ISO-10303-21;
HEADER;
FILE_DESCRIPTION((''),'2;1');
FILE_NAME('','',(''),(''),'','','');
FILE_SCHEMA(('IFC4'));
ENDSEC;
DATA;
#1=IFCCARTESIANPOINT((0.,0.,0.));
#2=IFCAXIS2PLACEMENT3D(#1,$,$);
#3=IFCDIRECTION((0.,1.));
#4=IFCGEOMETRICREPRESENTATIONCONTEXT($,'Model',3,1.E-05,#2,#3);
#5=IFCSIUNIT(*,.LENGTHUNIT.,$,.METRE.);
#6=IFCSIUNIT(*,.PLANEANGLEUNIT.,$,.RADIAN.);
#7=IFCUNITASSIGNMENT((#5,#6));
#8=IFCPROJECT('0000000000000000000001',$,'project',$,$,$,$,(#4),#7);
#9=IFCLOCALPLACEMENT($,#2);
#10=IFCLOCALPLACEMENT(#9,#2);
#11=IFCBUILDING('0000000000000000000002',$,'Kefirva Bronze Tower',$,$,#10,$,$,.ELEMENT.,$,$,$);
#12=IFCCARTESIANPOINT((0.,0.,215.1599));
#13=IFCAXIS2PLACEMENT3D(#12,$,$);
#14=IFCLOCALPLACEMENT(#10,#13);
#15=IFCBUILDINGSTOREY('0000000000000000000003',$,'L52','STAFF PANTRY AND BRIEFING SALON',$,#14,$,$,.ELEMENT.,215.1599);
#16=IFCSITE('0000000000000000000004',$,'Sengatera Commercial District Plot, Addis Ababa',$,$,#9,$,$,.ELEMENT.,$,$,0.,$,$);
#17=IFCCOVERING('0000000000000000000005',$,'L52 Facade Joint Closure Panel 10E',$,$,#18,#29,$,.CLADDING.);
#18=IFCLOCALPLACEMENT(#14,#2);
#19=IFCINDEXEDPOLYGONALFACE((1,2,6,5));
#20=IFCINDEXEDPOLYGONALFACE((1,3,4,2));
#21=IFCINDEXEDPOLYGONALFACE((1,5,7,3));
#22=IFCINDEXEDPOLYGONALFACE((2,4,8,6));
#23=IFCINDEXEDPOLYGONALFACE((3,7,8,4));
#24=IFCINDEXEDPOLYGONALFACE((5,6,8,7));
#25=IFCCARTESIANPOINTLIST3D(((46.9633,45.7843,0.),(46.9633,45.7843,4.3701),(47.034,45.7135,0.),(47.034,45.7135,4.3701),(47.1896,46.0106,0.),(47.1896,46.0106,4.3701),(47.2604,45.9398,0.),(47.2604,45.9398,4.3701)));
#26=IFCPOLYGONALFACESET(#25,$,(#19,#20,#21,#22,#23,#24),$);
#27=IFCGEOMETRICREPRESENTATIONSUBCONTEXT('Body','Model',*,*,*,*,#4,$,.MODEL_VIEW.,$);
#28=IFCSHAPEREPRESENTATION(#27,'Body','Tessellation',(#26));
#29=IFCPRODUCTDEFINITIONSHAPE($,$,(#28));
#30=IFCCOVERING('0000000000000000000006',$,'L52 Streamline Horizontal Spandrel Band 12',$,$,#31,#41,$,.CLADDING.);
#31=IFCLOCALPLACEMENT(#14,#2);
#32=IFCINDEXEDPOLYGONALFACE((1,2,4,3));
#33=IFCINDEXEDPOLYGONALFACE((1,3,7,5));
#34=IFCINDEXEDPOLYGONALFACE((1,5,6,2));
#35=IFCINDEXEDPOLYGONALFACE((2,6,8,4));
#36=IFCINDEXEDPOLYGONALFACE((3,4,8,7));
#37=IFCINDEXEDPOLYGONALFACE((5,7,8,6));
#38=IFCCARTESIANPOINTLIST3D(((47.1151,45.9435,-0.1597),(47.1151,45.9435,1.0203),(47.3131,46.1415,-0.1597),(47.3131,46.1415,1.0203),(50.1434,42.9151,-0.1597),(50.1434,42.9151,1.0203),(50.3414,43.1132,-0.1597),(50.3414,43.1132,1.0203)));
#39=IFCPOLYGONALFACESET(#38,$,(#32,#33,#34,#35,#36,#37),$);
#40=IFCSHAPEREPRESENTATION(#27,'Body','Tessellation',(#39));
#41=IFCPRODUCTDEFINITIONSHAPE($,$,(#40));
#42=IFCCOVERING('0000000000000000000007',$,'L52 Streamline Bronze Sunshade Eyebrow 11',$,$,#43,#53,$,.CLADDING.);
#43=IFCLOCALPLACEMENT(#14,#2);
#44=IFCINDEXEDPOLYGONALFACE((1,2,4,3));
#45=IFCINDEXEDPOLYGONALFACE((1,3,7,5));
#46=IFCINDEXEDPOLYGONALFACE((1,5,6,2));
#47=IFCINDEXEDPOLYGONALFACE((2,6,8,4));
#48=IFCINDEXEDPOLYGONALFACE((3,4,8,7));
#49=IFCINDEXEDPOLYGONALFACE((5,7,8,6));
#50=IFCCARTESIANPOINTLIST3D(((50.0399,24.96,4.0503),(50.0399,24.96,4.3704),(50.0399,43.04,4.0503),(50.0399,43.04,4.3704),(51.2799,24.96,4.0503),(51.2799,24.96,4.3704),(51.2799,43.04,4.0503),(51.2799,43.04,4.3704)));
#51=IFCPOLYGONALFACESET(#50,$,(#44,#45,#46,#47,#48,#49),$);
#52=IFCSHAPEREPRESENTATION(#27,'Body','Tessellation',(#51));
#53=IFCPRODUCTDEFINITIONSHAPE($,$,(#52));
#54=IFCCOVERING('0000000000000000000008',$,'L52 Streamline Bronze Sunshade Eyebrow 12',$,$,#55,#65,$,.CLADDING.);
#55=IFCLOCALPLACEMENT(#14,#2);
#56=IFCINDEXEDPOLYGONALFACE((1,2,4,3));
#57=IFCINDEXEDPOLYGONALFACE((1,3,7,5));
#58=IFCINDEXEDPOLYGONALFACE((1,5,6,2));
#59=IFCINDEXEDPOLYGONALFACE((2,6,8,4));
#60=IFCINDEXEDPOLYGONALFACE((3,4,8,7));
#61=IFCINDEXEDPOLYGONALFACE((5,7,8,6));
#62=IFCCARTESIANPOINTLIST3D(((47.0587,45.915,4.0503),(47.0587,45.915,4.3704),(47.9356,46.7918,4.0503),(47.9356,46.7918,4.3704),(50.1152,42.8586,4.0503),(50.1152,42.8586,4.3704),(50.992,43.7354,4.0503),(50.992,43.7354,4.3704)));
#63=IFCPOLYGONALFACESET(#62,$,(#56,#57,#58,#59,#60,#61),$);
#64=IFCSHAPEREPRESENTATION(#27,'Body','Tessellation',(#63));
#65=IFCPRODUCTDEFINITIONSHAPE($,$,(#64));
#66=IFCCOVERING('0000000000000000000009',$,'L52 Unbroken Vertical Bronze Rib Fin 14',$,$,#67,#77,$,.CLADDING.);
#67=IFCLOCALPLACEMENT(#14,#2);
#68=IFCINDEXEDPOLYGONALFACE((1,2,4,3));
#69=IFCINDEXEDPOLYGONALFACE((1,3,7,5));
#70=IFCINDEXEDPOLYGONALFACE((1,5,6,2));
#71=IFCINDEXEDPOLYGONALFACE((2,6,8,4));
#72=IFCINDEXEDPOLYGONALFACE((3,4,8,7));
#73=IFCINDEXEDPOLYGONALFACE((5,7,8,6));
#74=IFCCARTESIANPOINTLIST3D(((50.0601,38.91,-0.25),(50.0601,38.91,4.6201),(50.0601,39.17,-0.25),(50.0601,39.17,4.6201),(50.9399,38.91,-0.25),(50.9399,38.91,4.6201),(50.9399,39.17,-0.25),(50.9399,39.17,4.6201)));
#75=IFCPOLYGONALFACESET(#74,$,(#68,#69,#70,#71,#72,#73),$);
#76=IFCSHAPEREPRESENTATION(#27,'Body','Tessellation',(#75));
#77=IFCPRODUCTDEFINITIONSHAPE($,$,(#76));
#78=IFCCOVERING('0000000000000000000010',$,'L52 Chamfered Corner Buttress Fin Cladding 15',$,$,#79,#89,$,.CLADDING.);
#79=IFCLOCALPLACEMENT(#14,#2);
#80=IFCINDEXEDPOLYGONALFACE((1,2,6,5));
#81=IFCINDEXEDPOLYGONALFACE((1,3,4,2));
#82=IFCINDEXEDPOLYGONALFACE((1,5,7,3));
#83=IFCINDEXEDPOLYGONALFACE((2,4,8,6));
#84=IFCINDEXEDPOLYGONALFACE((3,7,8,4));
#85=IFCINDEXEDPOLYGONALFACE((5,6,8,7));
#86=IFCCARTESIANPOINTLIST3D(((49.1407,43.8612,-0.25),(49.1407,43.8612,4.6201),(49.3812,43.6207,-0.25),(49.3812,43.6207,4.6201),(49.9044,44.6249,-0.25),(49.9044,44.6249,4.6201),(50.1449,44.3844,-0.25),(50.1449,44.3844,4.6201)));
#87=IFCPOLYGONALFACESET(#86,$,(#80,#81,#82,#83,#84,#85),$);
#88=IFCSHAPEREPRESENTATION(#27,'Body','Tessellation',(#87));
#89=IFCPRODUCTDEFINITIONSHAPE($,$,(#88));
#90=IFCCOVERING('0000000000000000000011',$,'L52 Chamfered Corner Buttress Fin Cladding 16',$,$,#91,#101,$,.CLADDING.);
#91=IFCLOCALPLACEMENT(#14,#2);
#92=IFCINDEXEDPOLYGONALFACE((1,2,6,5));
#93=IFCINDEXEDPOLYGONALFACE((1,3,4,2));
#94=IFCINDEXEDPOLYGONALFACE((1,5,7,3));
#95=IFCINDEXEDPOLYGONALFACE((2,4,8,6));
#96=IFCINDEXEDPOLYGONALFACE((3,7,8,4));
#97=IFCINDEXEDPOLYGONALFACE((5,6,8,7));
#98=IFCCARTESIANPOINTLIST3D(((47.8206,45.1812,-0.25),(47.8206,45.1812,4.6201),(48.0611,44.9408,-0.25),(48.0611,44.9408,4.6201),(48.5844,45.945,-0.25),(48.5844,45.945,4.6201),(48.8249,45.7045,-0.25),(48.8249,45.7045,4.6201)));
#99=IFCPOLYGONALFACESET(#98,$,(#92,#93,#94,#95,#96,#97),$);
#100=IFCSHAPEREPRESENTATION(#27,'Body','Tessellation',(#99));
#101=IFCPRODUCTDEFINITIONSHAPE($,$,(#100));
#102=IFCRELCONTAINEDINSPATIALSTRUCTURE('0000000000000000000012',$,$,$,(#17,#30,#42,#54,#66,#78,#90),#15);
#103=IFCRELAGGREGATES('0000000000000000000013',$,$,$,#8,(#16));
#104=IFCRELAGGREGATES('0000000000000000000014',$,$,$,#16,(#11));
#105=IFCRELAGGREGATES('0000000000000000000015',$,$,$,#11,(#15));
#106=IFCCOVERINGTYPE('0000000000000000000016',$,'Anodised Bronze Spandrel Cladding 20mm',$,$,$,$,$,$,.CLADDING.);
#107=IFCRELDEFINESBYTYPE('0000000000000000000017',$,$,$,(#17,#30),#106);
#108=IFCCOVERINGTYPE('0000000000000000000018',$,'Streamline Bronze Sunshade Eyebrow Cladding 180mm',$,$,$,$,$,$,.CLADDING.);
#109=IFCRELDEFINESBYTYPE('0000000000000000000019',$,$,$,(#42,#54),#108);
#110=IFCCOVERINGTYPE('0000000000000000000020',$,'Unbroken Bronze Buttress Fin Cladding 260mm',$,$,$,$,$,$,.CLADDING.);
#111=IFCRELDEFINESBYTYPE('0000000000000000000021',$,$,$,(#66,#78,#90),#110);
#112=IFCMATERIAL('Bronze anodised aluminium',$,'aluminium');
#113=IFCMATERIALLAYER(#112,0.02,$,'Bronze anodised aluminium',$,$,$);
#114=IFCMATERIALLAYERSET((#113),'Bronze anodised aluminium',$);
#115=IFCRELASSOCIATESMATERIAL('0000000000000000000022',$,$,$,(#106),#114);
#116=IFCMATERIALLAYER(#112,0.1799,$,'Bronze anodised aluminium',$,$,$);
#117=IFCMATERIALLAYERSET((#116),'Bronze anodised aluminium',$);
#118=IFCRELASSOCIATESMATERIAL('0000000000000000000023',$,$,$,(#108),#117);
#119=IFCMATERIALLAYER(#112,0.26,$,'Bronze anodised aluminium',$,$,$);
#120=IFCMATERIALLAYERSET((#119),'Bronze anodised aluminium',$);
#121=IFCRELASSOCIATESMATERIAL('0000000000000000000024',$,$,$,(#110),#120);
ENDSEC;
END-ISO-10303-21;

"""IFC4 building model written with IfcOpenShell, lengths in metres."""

from ifc_helpers import new_model, si_unit, direction, frame, origin, origin_2d, place, context, subcontext, project, spatial, rectangle, extrude, material, layer, layer_set, type_object, element, save


model = new_model("IFC4")

# Units and contexts
model_context = context("Model", 3, precision=1e-05, world=origin(), true_north=direction((0.0, 1.0)))
body_context = subcontext(model_context, "Body", "Model", "MODEL_VIEW")
ifc_project = project(units=[si_unit("LENGTHUNIT", "METRE"), si_unit("PLANEANGLEUNIT", "RADIAN")], contexts=[model_context])

# Site, building, storey
site_placement = place(None, origin())
site = spatial("IfcSite", under=ifc_project, at=site_placement, Name="Sengatera Commercial District Plot, Addis Ababa", CompositionType="ELEMENT", RefElevation=0.0)
building_placement = place(site_placement, origin())
building = spatial("IfcBuilding", under=site, at=building_placement, Name="Kefirva Bronze Tower", CompositionType="ELEMENT")
storey_placement = place(building_placement, frame((0.0, 0.0, 215.1599)))
storey = spatial("IfcBuildingStorey", under=building, at=storey_placement, Name="L52", Description="STAFF PANTRY AND BRIEFING SALON", CompositionType="ELEMENT", Elevation=215.1599)

# Shared definitions
ifc_material_1 = material(Name="Bronze anodised aluminium", Category="aluminium")

# Coverings
ifc_layer_1 = layer(ifc_material_1, 0.02, Name="Bronze anodised aluminium")
ifc_layer_set_1 = layer_set([ifc_layer_1], Name="Bronze anodised aluminium")
covering_type_1 = type_object("IfcCoveringType", Name="Anodised Bronze Spandrel Cladding 20mm", PredefinedType="CLADDING", material=ifc_layer_set_1)
for number, where, z_axis, x_axis, name in (
    (1, (47.1118, 45.8621, 0.0), (0.0, 0.0, 1.0), (-0.707107, 0.707107, 0.0), "L52 Facade Joint Closure Panel 10E"),
):
    element("IfcCovering", number, at=place(storey_placement, frame(where, z_axis=z_axis, x_axis=x_axis)), inside=storey, type_object=covering_type_1, Name=name, PredefinedType="CLADDING", context=body_context, shape_type="SweptSolid", body=[
        extrude(rectangle(XDim=0.1001, YDim=0.3201, at=origin_2d()), origin(), (0.0, 0.0, 1.0), 4.3701),
    ])
covering_1_placement = place(storey_placement, frame((48.7283, 44.5283, -0.1597), z_axis=(0.0, 0.0, 1.0), x_axis=(-0.707107, 0.707107, 0.0)))
element("IfcCovering", 2, at=covering_1_placement, inside=storey, type_object=covering_type_1, Name="L52 Streamline Horizontal Spandrel Band 12", PredefinedType="CLADDING", context=body_context, shape_type="SweptSolid", body=[
    extrude(rectangle(XDim=4.2827, YDim=0.28, at=origin_2d()), origin(), (0.0, 0.0, 1.0), 1.1799),
])
ifc_layer_2 = layer(ifc_material_1, 0.1799, Name="Bronze anodised aluminium")
ifc_layer_set_2 = layer_set([ifc_layer_2], Name="Bronze anodised aluminium")
covering_type_2 = type_object("IfcCoveringType", Name="Streamline Bronze Sunshade Eyebrow Cladding 180mm", PredefinedType="CLADDING", material=ifc_layer_set_2)
covering_2_placement = place(storey_placement, frame((50.6599, 34.0, 4.0503), z_axis=(0.0, 0.0, 1.0), x_axis=(0.0, 1.0, 0.0)))
element("IfcCovering", 3, at=covering_2_placement, inside=storey, type_object=covering_type_2, Name="L52 Streamline Bronze Sunshade Eyebrow 11", PredefinedType="CLADDING", context=body_context, shape_type="SweptSolid", body=[
    extrude(rectangle(XDim=18.0801, YDim=1.24, at=origin_2d()), origin(), (0.0, 0.0, 1.0), 0.3201),
])
covering_3_placement = place(storey_placement, frame((49.0254, 44.8252, 4.0503), z_axis=(0.0, 0.0, 1.0), x_axis=(-0.707107, 0.707107, 0.0)))
element("IfcCovering", 4, at=covering_3_placement, inside=storey, type_object=covering_type_2, Name="L52 Streamline Bronze Sunshade Eyebrow 12", PredefinedType="CLADDING", context=body_context, shape_type="SweptSolid", body=[
    extrude(rectangle(XDim=4.3225, YDim=1.24, at=origin_2d()), origin(), (0.0, 0.0, 1.0), 0.3201),
])
ifc_layer_3 = layer(ifc_material_1, 0.26, Name="Bronze anodised aluminium")
ifc_layer_set_3 = layer_set([ifc_layer_3], Name="Bronze anodised aluminium")
covering_type_3 = type_object("IfcCoveringType", Name="Unbroken Bronze Buttress Fin Cladding 260mm", PredefinedType="CLADDING", material=ifc_layer_set_3)
covering_4_placement = place(storey_placement, frame((50.5, 39.04, -0.25), z_axis=(0.0, 0.0, 1.0), x_axis=(0.0, 1.0, 0.0)))
element("IfcCovering", 5, at=covering_4_placement, inside=storey, type_object=covering_type_3, Name="L52 Unbroken Vertical Bronze Rib Fin 14", PredefinedType="CLADDING", context=body_context, shape_type="SweptSolid", body=[
    extrude(rectangle(XDim=0.26, YDim=0.8799, at=origin_2d()), origin(), (0.0, 0.0, 1.0), 4.8701),
])
for number, where, z_axis, x_axis, name in (
    (6, (49.6428, 44.1228, -0.25), (0.0, 0.0, 1.0), (-0.707107, 0.707107, 0.0), "L52 Chamfered Corner Buttress Fin Cladding 15"),
    (7, (48.3228, 45.4429, -0.25), (0.0, 0.0, 1.0), (-0.707107, 0.707107, 0.0), "L52 Chamfered Corner Buttress Fin Cladding 16"),
):
    element("IfcCovering", number, at=place(storey_placement, frame(where, z_axis=z_axis, x_axis=x_axis)), inside=storey, type_object=covering_type_3, Name=name, PredefinedType="CLADDING", context=body_context, shape_type="SweptSolid", body=[
        extrude(rectangle(XDim=0.3401, YDim=1.0801, at=origin_2d()), origin(), (0.0, 0.0, 1.0), 4.8701),
    ])

save(model, "model.ifc")
